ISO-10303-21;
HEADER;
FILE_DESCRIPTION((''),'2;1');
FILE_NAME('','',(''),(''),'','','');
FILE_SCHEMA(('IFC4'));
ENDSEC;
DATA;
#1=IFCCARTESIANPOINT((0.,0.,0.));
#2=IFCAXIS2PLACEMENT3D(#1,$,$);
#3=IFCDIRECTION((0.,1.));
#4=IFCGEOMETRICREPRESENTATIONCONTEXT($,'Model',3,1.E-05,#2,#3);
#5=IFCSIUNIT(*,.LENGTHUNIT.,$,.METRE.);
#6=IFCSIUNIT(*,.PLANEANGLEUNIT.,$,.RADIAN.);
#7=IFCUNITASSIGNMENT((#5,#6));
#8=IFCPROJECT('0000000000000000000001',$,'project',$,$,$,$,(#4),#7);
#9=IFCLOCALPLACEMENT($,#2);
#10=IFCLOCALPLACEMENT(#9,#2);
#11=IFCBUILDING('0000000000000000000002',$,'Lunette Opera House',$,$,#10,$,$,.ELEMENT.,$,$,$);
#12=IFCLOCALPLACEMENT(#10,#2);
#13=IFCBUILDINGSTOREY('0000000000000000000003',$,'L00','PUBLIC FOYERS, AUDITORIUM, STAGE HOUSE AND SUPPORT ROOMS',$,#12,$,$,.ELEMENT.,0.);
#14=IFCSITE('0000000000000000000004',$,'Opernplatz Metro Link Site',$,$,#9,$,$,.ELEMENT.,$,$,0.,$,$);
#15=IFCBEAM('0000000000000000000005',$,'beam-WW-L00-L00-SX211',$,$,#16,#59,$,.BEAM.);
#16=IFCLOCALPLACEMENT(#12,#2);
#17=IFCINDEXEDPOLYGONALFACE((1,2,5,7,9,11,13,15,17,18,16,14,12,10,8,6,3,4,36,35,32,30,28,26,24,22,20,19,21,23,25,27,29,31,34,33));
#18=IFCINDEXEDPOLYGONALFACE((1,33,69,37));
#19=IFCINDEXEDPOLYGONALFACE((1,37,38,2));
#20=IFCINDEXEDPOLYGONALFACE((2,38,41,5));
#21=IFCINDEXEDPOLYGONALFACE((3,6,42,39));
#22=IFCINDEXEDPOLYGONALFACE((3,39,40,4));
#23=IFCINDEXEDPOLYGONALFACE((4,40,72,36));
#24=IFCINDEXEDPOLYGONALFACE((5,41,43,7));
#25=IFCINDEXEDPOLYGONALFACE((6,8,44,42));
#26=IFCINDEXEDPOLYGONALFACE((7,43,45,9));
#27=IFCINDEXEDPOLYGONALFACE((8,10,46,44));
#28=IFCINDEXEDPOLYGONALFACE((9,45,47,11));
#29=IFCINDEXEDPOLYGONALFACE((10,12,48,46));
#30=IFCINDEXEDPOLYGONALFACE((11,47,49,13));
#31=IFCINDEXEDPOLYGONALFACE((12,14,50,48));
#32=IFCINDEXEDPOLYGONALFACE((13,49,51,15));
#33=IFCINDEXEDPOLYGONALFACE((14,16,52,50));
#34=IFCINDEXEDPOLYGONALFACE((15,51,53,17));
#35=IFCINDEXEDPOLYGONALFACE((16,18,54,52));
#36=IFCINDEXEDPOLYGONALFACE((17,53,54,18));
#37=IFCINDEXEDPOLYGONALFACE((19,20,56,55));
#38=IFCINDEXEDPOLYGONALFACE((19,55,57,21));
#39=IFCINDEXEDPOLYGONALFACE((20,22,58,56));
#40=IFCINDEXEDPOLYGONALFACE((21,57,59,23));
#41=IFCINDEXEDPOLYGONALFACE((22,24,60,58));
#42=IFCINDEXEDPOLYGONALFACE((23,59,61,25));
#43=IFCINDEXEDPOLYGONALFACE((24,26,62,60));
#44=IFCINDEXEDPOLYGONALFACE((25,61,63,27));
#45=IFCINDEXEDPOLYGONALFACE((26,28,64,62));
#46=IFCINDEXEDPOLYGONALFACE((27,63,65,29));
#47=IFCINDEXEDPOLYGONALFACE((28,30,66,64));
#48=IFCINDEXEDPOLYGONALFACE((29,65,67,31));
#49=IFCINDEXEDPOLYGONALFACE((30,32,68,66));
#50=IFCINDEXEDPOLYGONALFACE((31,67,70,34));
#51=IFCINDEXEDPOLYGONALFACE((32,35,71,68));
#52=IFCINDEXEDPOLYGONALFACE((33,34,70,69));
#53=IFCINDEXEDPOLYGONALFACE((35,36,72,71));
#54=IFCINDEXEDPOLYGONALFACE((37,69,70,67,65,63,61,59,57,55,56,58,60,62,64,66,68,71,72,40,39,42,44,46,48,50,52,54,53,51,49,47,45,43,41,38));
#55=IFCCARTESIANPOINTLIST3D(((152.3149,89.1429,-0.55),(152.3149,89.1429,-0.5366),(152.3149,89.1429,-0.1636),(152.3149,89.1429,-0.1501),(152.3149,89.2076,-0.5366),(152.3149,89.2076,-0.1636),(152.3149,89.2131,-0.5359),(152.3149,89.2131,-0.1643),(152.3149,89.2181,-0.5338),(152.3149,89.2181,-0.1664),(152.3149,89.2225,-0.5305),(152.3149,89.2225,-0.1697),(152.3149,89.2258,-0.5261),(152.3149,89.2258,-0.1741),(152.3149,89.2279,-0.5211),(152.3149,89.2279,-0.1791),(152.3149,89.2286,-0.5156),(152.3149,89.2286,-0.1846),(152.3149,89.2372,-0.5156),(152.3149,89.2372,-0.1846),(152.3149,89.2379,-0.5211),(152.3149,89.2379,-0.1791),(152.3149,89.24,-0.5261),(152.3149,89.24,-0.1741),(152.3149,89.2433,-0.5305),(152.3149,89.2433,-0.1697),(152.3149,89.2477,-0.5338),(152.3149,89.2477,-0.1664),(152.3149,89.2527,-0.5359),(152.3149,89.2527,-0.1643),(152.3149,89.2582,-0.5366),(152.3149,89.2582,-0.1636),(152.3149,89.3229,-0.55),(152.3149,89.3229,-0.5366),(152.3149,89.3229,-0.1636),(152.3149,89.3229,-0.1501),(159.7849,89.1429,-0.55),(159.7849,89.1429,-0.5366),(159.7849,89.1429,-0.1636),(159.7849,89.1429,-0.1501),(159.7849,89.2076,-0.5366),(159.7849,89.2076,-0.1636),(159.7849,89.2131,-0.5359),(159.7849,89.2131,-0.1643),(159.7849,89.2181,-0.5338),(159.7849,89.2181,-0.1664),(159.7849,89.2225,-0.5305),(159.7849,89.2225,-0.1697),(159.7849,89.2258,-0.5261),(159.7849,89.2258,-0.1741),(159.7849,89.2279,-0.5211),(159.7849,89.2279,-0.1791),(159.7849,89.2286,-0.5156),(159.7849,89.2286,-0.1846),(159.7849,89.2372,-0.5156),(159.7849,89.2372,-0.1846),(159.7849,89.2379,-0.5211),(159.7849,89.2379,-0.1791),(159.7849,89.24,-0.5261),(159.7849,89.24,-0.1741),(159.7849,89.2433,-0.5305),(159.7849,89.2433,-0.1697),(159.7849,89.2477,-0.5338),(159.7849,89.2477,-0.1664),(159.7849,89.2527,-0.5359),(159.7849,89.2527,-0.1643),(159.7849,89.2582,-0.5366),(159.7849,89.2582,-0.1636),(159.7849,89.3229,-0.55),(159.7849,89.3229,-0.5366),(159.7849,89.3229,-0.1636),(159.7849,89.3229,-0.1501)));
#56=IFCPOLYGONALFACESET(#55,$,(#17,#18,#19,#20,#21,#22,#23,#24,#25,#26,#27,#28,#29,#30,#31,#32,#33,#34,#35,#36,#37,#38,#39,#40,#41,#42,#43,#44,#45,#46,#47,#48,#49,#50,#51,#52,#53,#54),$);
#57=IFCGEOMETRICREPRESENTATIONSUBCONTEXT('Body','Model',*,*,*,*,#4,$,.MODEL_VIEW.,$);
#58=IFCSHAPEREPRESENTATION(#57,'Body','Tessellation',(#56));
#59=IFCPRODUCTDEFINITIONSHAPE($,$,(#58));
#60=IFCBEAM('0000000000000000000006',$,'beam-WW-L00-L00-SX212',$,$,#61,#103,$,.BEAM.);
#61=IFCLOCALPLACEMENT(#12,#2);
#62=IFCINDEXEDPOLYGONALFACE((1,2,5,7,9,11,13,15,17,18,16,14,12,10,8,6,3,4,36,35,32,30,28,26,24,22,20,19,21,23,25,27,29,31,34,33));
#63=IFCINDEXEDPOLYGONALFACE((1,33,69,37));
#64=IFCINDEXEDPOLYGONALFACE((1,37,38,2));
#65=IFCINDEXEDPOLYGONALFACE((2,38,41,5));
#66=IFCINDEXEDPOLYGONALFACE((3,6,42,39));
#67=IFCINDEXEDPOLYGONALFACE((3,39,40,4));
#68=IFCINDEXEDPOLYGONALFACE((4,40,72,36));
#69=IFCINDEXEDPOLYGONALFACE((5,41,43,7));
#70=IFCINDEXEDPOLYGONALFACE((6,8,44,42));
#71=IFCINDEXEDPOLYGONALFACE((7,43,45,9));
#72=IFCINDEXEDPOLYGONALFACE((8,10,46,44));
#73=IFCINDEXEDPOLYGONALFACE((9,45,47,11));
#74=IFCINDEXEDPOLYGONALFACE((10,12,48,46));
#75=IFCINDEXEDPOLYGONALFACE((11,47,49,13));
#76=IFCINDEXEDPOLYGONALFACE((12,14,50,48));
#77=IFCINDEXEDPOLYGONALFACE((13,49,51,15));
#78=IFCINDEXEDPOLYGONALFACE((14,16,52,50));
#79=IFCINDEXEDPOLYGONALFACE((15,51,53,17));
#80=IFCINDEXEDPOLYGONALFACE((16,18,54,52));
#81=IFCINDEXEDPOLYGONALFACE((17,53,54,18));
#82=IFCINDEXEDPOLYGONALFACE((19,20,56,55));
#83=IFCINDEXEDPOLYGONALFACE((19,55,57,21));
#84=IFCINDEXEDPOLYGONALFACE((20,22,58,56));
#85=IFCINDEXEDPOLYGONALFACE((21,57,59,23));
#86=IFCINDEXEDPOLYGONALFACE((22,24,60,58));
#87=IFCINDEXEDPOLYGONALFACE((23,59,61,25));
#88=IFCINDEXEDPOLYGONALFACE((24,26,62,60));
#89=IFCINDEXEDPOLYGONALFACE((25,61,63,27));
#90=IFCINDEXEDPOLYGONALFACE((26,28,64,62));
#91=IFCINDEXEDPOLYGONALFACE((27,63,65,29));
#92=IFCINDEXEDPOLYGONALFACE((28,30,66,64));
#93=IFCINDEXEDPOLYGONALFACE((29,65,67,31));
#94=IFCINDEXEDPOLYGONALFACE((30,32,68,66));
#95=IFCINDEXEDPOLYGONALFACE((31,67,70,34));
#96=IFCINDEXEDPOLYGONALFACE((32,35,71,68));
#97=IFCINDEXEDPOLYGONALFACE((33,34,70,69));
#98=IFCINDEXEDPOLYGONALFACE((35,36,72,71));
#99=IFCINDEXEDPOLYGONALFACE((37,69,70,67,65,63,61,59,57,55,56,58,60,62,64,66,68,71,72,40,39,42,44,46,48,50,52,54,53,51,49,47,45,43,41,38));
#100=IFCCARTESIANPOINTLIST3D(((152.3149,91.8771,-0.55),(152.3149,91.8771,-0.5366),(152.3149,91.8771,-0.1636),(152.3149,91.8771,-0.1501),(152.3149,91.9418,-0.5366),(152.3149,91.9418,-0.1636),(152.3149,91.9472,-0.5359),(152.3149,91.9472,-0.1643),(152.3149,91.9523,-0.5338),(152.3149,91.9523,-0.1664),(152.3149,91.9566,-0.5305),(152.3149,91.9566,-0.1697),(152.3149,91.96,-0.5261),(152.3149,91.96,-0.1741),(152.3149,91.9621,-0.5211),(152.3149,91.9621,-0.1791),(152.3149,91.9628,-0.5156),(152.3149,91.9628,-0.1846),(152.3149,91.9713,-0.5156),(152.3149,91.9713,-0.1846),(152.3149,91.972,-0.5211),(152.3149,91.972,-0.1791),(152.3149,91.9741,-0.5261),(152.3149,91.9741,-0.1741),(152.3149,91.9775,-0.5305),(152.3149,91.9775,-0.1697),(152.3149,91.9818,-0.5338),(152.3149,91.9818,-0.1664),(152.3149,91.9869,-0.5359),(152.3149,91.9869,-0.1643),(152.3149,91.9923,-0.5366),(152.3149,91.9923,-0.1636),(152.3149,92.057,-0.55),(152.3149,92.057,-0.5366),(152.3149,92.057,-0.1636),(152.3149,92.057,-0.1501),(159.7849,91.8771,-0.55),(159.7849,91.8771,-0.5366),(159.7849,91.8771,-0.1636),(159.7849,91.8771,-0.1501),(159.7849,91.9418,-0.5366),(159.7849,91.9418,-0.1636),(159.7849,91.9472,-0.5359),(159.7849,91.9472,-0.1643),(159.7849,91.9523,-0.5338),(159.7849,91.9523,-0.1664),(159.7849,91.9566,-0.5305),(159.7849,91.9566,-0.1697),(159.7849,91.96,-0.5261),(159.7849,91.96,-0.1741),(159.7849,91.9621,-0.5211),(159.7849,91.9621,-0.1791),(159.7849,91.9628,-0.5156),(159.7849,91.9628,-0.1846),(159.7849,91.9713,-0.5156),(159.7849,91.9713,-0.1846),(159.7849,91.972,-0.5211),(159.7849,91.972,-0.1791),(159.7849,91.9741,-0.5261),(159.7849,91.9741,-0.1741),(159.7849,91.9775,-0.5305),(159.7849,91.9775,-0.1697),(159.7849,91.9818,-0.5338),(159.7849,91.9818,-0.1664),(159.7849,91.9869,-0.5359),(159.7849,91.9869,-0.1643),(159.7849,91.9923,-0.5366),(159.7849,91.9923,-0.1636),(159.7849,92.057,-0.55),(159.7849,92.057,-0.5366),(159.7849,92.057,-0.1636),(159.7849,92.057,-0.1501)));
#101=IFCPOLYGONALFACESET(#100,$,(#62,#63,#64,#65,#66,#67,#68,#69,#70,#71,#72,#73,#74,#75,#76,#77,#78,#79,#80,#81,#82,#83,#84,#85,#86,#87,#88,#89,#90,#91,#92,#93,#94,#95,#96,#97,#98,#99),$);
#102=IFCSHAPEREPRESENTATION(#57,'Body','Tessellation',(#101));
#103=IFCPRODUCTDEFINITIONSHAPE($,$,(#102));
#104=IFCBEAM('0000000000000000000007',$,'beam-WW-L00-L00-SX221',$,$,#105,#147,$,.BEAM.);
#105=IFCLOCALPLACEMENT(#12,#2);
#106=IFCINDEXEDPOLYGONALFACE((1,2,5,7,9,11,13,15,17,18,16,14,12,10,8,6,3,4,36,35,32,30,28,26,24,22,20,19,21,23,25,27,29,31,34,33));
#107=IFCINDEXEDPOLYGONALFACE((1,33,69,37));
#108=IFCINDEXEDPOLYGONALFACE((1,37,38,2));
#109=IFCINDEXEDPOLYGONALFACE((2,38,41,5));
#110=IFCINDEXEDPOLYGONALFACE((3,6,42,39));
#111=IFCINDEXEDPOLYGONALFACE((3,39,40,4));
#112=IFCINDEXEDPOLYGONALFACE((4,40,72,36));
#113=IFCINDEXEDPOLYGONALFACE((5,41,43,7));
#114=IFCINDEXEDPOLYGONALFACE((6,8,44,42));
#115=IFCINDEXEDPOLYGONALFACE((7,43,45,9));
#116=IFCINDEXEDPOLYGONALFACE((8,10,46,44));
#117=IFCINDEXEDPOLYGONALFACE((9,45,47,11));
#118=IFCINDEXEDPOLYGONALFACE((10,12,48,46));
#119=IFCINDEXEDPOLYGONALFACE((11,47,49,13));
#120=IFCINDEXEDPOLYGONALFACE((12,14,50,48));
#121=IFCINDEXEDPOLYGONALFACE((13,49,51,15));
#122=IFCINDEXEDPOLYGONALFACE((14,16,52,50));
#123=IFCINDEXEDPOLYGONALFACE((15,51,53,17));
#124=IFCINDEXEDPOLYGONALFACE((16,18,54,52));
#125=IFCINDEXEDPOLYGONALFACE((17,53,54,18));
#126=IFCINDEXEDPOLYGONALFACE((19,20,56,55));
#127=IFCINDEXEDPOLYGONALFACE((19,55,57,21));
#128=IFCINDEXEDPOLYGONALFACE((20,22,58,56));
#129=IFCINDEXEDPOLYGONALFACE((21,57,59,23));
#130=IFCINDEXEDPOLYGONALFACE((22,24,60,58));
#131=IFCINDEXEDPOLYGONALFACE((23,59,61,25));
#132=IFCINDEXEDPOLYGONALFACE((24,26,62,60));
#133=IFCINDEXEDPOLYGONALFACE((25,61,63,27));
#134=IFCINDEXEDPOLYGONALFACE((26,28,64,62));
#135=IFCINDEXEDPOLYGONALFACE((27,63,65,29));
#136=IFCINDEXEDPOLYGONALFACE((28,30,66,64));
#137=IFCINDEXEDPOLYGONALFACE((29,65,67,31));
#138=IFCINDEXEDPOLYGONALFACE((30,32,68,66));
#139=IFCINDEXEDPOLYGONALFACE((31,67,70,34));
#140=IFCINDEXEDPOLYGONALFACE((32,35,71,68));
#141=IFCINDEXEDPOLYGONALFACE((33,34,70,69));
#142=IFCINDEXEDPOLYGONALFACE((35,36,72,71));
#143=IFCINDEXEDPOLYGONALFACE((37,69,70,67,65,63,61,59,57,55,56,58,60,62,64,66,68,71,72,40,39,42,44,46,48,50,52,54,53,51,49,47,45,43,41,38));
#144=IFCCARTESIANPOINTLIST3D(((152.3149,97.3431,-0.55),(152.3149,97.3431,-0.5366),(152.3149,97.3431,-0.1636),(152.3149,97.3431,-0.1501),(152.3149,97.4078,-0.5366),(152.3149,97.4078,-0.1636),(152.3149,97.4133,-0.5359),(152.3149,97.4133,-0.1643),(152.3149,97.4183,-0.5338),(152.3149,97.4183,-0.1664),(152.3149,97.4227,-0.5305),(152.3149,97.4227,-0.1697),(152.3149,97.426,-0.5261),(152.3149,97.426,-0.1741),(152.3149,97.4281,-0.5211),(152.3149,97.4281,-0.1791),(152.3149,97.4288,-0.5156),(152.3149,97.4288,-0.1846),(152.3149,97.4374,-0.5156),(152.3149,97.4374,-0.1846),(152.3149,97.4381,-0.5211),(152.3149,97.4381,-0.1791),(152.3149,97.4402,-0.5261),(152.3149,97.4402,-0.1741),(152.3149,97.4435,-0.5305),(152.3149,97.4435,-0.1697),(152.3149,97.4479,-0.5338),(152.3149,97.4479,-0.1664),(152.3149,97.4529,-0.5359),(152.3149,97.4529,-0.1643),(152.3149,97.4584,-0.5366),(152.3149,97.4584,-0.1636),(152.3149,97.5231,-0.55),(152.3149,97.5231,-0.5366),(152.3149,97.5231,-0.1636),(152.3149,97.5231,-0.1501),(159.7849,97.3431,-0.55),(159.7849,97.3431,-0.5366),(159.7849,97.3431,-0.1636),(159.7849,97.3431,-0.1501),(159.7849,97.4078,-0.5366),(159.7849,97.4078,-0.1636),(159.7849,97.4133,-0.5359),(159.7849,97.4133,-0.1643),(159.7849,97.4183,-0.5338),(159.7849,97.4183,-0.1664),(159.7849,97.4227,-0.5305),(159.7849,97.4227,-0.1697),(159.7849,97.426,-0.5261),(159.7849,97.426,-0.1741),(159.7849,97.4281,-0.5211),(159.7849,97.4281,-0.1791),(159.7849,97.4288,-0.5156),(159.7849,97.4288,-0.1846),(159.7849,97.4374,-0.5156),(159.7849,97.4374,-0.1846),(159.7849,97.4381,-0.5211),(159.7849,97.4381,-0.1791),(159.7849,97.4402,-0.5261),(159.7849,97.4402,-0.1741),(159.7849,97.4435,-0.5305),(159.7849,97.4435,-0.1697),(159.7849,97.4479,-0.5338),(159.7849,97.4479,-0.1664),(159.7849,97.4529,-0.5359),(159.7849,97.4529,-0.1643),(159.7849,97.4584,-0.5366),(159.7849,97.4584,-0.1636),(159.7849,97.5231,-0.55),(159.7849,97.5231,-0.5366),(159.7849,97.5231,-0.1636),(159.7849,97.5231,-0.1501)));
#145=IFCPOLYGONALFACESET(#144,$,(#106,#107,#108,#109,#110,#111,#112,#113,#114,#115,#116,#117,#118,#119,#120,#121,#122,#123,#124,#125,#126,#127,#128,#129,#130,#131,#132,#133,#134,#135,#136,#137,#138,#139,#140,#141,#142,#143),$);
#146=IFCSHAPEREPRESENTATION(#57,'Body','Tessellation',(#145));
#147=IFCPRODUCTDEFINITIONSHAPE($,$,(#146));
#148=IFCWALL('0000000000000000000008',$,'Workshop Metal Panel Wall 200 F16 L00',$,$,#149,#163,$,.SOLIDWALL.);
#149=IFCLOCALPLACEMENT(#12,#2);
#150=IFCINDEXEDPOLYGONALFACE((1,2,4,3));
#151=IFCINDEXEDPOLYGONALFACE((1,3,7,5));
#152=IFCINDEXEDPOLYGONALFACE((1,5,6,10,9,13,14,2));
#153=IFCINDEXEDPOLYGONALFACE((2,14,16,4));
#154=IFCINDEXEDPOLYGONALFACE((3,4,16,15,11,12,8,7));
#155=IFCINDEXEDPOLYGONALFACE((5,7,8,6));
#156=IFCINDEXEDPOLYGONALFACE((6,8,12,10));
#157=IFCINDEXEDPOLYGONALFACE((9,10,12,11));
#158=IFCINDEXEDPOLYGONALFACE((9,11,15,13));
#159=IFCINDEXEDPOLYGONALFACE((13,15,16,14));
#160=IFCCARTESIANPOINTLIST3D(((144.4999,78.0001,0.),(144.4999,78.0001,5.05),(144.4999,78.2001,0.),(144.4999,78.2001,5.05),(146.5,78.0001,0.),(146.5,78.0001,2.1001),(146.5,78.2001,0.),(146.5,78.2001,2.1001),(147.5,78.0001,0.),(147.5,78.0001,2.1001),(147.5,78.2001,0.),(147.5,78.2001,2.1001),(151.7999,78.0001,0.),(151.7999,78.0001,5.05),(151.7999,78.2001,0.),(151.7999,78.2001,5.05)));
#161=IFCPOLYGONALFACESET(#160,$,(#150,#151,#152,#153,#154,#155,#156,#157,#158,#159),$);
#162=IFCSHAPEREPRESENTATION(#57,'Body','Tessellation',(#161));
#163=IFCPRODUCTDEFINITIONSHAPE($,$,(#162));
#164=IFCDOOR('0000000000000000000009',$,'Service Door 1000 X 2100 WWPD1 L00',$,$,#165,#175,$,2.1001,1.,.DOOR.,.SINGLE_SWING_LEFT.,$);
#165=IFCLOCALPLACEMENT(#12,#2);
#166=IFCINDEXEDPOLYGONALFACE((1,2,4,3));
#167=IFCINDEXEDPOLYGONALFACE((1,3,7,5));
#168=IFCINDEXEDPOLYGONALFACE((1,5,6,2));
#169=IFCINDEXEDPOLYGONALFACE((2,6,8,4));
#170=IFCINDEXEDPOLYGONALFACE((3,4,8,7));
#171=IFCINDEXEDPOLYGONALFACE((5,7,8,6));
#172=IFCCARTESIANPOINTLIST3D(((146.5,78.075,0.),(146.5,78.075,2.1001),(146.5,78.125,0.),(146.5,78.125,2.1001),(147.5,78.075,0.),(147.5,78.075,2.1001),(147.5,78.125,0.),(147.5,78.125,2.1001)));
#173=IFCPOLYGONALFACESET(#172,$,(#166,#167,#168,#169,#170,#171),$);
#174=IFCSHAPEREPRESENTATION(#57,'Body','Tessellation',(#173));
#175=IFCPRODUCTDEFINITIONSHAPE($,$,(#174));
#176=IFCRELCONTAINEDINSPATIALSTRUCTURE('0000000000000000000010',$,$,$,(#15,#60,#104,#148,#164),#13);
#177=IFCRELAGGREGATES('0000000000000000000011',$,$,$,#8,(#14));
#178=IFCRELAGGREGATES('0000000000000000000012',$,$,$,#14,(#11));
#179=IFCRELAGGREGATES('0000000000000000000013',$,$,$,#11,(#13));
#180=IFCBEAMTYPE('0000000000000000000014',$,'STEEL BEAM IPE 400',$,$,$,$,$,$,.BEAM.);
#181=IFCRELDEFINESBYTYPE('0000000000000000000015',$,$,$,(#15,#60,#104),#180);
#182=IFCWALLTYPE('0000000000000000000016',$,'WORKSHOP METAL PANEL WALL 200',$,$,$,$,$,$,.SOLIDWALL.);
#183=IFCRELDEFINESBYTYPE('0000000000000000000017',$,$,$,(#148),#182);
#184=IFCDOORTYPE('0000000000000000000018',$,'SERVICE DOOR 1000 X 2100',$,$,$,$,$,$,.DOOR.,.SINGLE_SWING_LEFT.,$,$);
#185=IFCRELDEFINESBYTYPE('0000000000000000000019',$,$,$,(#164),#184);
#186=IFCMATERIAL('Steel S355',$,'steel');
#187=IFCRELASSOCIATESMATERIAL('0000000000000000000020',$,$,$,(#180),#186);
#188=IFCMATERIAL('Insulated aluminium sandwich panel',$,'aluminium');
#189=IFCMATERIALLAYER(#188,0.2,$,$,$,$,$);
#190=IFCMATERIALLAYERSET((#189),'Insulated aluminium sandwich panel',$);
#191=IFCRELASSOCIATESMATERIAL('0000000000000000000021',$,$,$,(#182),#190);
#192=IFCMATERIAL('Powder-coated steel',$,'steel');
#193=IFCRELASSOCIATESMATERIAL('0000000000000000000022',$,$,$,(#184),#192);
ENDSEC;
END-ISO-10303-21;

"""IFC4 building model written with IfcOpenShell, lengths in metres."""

from ifc_helpers import new_model, si_unit, direction, frame, frame_2d, origin, origin_2d, place, context, subcontext, project, spatial, rectangle, i_section, extrude, material, layer, layer_set, material_profile, profile_set, type_object, element, fill, save


model = new_model("IFC4")

# Units and contexts
model_context = context("Model", 3, precision=1e-05, world=origin(), true_north=direction((0.0, 1.0)))
body_context = subcontext(model_context, "Body", "Model", "MODEL_VIEW")
ifc_project = project(units=[si_unit("LENGTHUNIT", "METRE"), si_unit("PLANEANGLEUNIT", "RADIAN")], contexts=[model_context])

# Site, building, storey
site_placement = place(None, origin())
site = spatial("IfcSite", under=ifc_project, at=site_placement, Name="Opernplatz Metro Link Site", CompositionType="ELEMENT", RefElevation=0.0)
building_placement = place(site_placement, origin())
building = spatial("IfcBuilding", under=site, at=building_placement, Name="Lunette Opera House", CompositionType="ELEMENT")
storey_placement = place(building_placement, origin())
storey = spatial("IfcBuildingStorey", under=building, at=storey_placement, Name="L00", Description="PUBLIC FOYERS, AUDITORIUM, STAGE HOUSE AND SUPPORT ROOMS", CompositionType="ELEMENT", Elevation=0.0)

# Beams
ifc_material_1 = material(Name="Steel S355", Category="steel")
ifc_material_profile_1 = material_profile(ifc_material_1, i_section(OverallWidth=0.1799, OverallDepth=0.3999, WebThickness=0.0085, FlangeThickness=0.0134, FilletRadius=0.021, at=origin_2d()), Name="IPE 400")
ifc_profile_set_1 = profile_set([ifc_material_profile_1], Name="Steel S355")
beam_type_1 = type_object("IfcBeamType", Name="STEEL BEAM IPE 400", PredefinedType="BEAM", material=ifc_profile_set_1)
for number, where, z_axis, x_axis, name in (
    (1, (152.3149, 89.2329, -0.3501), (1.0, 0.0, 0.0), (0.0, 1.0, 0.0), "beam-WW-L00-L00-SX211"),
    (2, (152.3149, 91.967, -0.3501), (1.0, 0.0, 0.0), (0.0, 1.0, 0.0), "beam-WW-L00-L00-SX212"),
    (3, (152.3149, 97.4331, -0.3501), (1.0, 0.0, 0.0), (0.0, 1.0, 0.0), "beam-WW-L00-L00-SX221"),
):
    element("IfcBeam", number, at=place(storey_placement, frame(where, z_axis=z_axis, x_axis=x_axis)), inside=storey, type_object=beam_type_1, Name=name, PredefinedType="BEAM", context=body_context, shape_type="SweptSolid", body=[
        extrude(i_section(OverallWidth=0.1799, OverallDepth=0.3999, WebThickness=0.0085, FlangeThickness=0.0134, FilletRadius=0.021, at=origin_2d()), origin(), (0.0, 0.0, 1.0), 7.47),
    ])

# Wall, opening, door
ifc_material_2 = material(Name="Insulated aluminium sandwich panel", Category="aluminium")
ifc_layer = layer(ifc_material_2, 0.2)
ifc_layer_set = layer_set([ifc_layer], Name="Insulated aluminium sandwich panel")
wall_type = type_object("IfcWallType", Name="WORKSHOP METAL PANEL WALL 200", PredefinedType="SOLIDWALL", material=ifc_layer_set)
wall_1_placement = place(storey_placement, frame((144.5, 78.1001, 0.0), z_axis=(0.0, 0.0, 1.0), x_axis=(1.0, 0.0, 0.0)))
wall_1 = element("IfcWall", 4, at=wall_1_placement, inside=storey, type_object=wall_type, Name="Workshop Metal Panel Wall 200 F16 L00", PredefinedType="SOLIDWALL", context=body_context, shape_type="SweptSolid", body=[
    extrude(rectangle(XDim=7.3, YDim=0.2, at=frame_2d((3.6499, 0.0))), origin(), (0.0, 0.0, 1.0), 5.05),
])
opening_1_placement = place(wall_1_placement, frame((2.0, 0.0, 0.0)))
opening_1 = element("IfcOpeningElement", 5, at=opening_1_placement, cuts=wall_1, PredefinedType="OPENING", context=body_context, shape_type="SweptSolid", body=[
    extrude(rectangle(XDim=1.0, YDim=2.1001, at=frame_2d((0.5, 1.05))), frame((0.0, 0.1121, 0.0), z_axis=(0.0, -1.0, 0.0), x_axis=(1.0, 0.0, 0.0)), (0.0, 0.0, 1.0), 0.2239),
])
ifc_material_3 = material(Name="Powder-coated steel", Category="steel")
door_type_1 = type_object("IfcDoorType", Name="SERVICE DOOR 1000 X 2100", OperationType="SINGLE_SWING_LEFT", PredefinedType="DOOR", material=ifc_material_3)
door_1_placement = place(opening_1_placement, origin())
door_1 = element("IfcDoor", 6, at=door_1_placement, inside=storey, type_object=door_type_1, Name="Service Door 1000 X 2100 WWPD1 L00", OperationType="SINGLE_SWING_LEFT", OverallHeight=2.1001, OverallWidth=1.0, PredefinedType="DOOR", context=body_context, shape_type="SweptSolid", body=[
    extrude(rectangle(XDim=1.0, YDim=2.1001, at=frame_2d((0.5, 1.05))), frame((0.0, 0.0249, 0.0), z_axis=(0.0, -1.0, 0.0), x_axis=(1.0, 0.0, 0.0)), (0.0, 0.0, 1.0), 0.05),
])
fill(opening_1, door_1)

save(model, "model.ifc")
